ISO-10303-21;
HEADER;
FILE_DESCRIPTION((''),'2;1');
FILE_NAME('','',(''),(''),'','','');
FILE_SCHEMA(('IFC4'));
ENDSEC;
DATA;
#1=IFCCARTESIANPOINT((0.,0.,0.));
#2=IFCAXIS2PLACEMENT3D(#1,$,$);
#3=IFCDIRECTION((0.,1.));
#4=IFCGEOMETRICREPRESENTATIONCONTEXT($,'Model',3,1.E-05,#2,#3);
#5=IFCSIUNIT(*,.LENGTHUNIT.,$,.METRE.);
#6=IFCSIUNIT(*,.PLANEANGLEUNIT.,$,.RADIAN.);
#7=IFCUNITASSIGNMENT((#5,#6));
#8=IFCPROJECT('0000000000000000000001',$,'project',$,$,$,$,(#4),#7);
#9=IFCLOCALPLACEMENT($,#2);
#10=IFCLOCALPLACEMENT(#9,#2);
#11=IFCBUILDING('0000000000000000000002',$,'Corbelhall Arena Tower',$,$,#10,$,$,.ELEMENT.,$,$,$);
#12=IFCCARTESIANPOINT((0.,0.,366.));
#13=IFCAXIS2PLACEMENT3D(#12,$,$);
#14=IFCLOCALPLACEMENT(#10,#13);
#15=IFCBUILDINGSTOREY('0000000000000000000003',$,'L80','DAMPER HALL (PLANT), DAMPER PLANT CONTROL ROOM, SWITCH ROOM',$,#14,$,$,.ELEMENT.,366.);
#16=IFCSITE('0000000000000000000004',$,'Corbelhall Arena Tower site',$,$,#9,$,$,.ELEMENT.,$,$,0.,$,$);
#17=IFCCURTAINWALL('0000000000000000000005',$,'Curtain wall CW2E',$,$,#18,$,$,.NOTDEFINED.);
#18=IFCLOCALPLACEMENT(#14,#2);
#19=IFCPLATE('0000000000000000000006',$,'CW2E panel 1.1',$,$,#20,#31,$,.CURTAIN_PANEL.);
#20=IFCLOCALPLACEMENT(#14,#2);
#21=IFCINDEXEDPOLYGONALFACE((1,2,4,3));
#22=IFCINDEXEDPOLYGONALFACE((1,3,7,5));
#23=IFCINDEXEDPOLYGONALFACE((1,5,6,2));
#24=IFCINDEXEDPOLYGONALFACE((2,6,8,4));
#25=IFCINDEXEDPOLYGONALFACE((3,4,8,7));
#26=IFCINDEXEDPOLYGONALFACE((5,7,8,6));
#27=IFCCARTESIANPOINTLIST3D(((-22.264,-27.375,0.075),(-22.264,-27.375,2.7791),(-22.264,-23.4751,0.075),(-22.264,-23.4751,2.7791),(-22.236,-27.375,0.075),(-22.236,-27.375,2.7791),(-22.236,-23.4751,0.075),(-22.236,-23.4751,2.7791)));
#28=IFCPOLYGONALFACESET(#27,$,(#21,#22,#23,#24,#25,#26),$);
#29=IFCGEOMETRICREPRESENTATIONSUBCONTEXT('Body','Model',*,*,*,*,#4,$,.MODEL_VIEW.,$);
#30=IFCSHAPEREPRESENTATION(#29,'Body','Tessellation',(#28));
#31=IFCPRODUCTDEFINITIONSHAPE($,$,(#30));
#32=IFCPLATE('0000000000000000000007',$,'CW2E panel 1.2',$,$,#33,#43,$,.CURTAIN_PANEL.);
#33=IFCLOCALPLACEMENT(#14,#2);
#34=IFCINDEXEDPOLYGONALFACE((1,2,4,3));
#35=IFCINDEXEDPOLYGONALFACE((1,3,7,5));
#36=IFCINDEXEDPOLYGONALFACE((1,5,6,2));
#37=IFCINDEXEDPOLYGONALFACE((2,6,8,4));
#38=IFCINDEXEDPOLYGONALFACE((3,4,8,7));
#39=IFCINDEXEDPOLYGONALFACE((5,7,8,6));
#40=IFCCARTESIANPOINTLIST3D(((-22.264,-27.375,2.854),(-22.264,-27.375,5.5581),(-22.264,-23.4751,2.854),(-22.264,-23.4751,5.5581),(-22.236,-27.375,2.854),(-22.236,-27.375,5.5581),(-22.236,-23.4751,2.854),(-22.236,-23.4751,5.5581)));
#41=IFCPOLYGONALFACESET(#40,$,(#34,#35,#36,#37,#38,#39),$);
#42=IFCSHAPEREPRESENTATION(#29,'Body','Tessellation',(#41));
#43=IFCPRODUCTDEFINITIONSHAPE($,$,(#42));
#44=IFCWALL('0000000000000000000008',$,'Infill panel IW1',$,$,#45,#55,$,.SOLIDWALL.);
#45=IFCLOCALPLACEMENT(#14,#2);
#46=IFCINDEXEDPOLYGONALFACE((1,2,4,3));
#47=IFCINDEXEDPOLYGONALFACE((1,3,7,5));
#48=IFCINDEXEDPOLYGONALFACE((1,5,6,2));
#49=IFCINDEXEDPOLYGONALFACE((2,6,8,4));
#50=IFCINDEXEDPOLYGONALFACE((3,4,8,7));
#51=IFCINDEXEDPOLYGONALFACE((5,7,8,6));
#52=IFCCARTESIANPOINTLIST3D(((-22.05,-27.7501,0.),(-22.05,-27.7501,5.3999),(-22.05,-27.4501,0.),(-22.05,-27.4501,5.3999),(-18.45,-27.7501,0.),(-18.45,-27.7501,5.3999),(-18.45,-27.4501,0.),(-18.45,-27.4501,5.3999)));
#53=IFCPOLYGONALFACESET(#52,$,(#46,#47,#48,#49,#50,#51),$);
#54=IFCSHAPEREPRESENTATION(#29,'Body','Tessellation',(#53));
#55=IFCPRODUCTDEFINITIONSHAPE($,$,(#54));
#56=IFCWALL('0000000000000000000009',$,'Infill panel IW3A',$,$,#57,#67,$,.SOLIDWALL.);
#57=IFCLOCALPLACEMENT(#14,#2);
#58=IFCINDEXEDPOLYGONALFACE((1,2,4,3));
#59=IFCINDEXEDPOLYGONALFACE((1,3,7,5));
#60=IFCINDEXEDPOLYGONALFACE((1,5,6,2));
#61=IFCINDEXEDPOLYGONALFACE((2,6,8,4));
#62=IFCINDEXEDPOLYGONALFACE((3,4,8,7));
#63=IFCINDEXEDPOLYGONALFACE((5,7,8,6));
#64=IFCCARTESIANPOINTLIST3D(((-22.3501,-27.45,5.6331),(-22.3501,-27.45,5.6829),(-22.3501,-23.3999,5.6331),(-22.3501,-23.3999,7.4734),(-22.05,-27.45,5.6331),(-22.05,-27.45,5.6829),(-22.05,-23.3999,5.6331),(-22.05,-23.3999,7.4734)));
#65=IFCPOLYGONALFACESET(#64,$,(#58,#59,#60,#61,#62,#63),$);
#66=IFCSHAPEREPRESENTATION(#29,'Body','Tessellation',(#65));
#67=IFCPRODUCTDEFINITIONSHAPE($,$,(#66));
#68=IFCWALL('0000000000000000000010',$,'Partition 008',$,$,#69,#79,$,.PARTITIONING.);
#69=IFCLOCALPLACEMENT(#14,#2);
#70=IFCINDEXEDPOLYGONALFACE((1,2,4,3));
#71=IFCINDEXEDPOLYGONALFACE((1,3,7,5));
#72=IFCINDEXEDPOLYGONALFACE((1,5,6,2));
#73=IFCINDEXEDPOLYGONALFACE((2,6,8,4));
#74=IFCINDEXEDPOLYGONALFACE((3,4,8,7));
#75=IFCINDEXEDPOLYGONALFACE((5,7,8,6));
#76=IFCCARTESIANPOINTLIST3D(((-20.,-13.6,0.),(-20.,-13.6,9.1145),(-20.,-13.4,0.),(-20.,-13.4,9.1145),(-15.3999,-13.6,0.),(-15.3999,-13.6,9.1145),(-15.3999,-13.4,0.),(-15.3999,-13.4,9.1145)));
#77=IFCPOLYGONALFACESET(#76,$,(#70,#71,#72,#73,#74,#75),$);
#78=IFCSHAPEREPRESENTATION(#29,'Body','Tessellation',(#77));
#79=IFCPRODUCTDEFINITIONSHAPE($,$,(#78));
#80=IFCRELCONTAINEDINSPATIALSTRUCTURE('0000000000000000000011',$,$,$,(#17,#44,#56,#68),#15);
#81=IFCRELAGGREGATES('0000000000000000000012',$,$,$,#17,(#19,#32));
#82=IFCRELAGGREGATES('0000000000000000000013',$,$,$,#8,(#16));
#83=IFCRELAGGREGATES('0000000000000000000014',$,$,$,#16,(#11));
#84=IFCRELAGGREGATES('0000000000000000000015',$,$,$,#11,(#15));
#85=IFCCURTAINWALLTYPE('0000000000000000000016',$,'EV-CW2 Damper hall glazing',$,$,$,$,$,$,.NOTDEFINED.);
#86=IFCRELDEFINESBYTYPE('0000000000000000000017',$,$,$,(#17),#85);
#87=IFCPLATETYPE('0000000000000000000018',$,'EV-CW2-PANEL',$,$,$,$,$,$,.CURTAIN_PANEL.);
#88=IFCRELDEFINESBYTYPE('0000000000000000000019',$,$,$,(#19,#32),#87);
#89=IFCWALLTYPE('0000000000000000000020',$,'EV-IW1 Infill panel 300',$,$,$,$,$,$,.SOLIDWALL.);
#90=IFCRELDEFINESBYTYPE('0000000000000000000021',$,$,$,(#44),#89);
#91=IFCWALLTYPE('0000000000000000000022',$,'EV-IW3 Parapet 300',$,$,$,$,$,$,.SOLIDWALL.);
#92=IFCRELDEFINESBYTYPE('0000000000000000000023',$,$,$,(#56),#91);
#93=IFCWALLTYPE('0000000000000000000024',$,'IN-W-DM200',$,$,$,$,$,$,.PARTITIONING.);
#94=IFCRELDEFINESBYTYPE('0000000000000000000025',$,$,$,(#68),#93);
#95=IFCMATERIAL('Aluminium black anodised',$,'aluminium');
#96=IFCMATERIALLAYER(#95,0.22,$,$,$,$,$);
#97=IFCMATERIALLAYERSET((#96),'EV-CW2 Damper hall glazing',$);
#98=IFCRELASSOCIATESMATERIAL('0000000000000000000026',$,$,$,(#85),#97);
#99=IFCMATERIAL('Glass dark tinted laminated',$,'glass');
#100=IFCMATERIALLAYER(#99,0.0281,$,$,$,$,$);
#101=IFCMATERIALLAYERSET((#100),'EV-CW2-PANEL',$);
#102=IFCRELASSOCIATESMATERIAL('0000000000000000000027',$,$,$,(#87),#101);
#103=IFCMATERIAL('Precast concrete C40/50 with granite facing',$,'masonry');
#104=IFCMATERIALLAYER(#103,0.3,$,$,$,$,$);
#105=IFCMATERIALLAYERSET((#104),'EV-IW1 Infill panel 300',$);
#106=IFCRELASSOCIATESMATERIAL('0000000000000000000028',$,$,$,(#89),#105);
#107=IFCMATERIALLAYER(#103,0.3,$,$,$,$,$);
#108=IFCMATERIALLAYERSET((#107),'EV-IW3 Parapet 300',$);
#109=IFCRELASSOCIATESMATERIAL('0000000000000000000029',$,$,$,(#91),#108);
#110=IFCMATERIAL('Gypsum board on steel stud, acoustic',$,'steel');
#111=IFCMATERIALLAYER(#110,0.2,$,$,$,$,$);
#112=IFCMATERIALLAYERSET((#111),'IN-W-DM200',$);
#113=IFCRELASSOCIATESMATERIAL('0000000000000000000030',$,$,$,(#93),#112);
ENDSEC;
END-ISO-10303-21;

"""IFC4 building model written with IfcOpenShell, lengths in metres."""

from ifc_helpers import new_model, si_unit, direction, frame, frame_2d, origin, origin_2d, place, context, subcontext, project, spatial, polyline, rectangle, outline, extrude, material, layer, layer_set, type_object, element, aggregate, save


model = new_model("IFC4")

# Units and contexts
model_context = context("Model", 3, precision=1e-05, world=origin(), true_north=direction((0.0, 1.0)))
body_context = subcontext(model_context, "Body", "Model", "MODEL_VIEW")
ifc_project = project(units=[si_unit("LENGTHUNIT", "METRE"), si_unit("PLANEANGLEUNIT", "RADIAN")], contexts=[model_context])

# Site, building, storey
site_placement = place(None, origin())
site = spatial("IfcSite", under=ifc_project, at=site_placement, Name="Corbelhall Arena Tower site", CompositionType="ELEMENT", RefElevation=0.0)
building_placement = place(site_placement, origin())
building = spatial("IfcBuilding", under=site, at=building_placement, Name="Corbelhall Arena Tower", CompositionType="ELEMENT")
storey_placement = place(building_placement, frame((0.0, 0.0, 366.0)))
storey = spatial("IfcBuildingStorey", under=building, at=storey_placement, Name="L80", Description="DAMPER HALL (PLANT), DAMPER PLANT CONTROL ROOM, SWITCH ROOM", CompositionType="ELEMENT", Elevation=366.0)

# Curtain wall
ifc_material_1 = material(Name="Aluminium black anodised", Category="aluminium")
ifc_layer_1 = layer(ifc_material_1, 0.22)
ifc_layer_set_1 = layer_set([ifc_layer_1], Name="EV-CW2 Damper hall glazing")
curtain_wall_type = type_object("IfcCurtainWallType", Name="EV-CW2 Damper hall glazing", PredefinedType="NOTDEFINED", material=ifc_layer_set_1)
curtain_wall_placement = place(storey_placement, origin())
curtain_wall = element("IfcCurtainWall", 1, at=curtain_wall_placement, inside=storey, type_object=curtain_wall_type, Name="Curtain wall CW2E", PredefinedType="NOTDEFINED")

# Plates
ifc_material_2 = material(Name="Glass dark tinted laminated", Category="glass")
ifc_layer_2 = layer(ifc_material_2, 0.0281)
ifc_layer_set_2 = layer_set([ifc_layer_2], Name="EV-CW2-PANEL")
plate_type = type_object("IfcPlateType", Name="EV-CW2-PANEL", PredefinedType="CURTAIN_PANEL", material=ifc_layer_set_2)
plate_1_placement = place(storey_placement, frame((-22.25, -25.425, 0.075), z_axis=(0.0, 0.0, 1.0), x_axis=(0.0, -1.0, 0.0)))
plate_1 = element("IfcPlate", 2, at=plate_1_placement, type_object=plate_type, Name="CW2E panel 1.1", PredefinedType="CURTAIN_PANEL", context=body_context, shape_type="SweptSolid", body=[
    extrude(rectangle(XDim=3.8999, YDim=0.0281, at=origin_2d()), origin(), (0.0, 0.0, 1.0), 2.7041),
])
plate_2_placement = place(storey_placement, frame((-22.25, -25.425, 2.854), z_axis=(0.0, 0.0, 1.0), x_axis=(0.0, -1.0, 0.0)))
plate_2 = element("IfcPlate", 3, at=plate_2_placement, type_object=plate_type, Name="CW2E panel 1.2", PredefinedType="CURTAIN_PANEL", context=body_context, shape_type="SweptSolid", body=[
    extrude(rectangle(XDim=3.8999, YDim=0.0281, at=origin_2d()), origin(), (0.0, 0.0, 1.0), 2.7041),
])
aggregate(curtain_wall, [plate_1, plate_2])

# Walls
ifc_material_3 = material(Name="Precast concrete C40/50 with granite facing", Category="masonry")
ifc_layer_3 = layer(ifc_material_3, 0.3)
ifc_layer_set_3 = layer_set([ifc_layer_3], Name="EV-IW1 Infill panel 300")
wall_type_1 = type_object("IfcWallType", Name="EV-IW1 Infill panel 300", PredefinedType="SOLIDWALL", material=ifc_layer_set_3)
wall_1_placement = place(storey_placement, frame((-22.05, -27.6001, 0.0), z_axis=(0.0, 0.0, 1.0), x_axis=(1.0, 0.0, 0.0)))
element("IfcWall", 4, at=wall_1_placement, inside=storey, type_object=wall_type_1, Name="Infill panel IW1", PredefinedType="SOLIDWALL", context=body_context, shape_type="SweptSolid", body=[
    extrude(rectangle(XDim=3.6001, YDim=0.3, at=frame_2d((1.8, 0.0))), origin(), (0.0, 0.0, 1.0), 5.3999),
])
ifc_layer_4 = layer(ifc_material_3, 0.3)
ifc_layer_set_4 = layer_set([ifc_layer_4], Name="EV-IW3 Parapet 300")
wall_type_2 = type_object("IfcWallType", Name="EV-IW3 Parapet 300", PredefinedType="SOLIDWALL", material=ifc_layer_set_4)
wall_2_placement = place(storey_placement, frame((-22.2, -23.3999, 5.6331), z_axis=(0.0, 0.0, 1.0), x_axis=(0.0, -1.0, 0.0)))
element("IfcWall", 5, at=wall_2_placement, inside=storey, type_object=wall_type_2, Name="Infill panel IW3A", PredefinedType="SOLIDWALL", context=body_context, shape_type="SweptSolid", body=[
    extrude(outline(polyline([(0.0, 0.0), (4.05, 0.0), (4.05, 0.0498), (0.0, 1.8403), (0.0, 0.0)])), frame((0.0, 0.1499, 0.0), z_axis=(0.0, -1.0, 0.0), x_axis=(1.0, 0.0, 0.0)), (0.0, 0.0, 1.0), 0.3),
])
ifc_material_4 = material(Name="Gypsum board on steel stud, acoustic", Category="steel")
ifc_layer_5 = layer(ifc_material_4, 0.2)
ifc_layer_set_5 = layer_set([ifc_layer_5], Name="IN-W-DM200")
wall_type_3 = type_object("IfcWallType", Name="IN-W-DM200", PredefinedType="PARTITIONING", material=ifc_layer_set_5)
wall_3_placement = place(storey_placement, frame((-20.0, -13.5, 0.0), z_axis=(0.0, 0.0, 1.0), x_axis=(1.0, 0.0, 0.0)))
element("IfcWall", 6, at=wall_3_placement, inside=storey, type_object=wall_type_3, Name="Partition 008", PredefinedType="PARTITIONING", context=body_context, shape_type="SweptSolid", body=[
    extrude(rectangle(XDim=4.6001, YDim=0.2, at=frame_2d((2.3, 0.0))), origin(), (0.0, 0.0, 1.0), 9.1145),
])

save(model, "model.ifc")
